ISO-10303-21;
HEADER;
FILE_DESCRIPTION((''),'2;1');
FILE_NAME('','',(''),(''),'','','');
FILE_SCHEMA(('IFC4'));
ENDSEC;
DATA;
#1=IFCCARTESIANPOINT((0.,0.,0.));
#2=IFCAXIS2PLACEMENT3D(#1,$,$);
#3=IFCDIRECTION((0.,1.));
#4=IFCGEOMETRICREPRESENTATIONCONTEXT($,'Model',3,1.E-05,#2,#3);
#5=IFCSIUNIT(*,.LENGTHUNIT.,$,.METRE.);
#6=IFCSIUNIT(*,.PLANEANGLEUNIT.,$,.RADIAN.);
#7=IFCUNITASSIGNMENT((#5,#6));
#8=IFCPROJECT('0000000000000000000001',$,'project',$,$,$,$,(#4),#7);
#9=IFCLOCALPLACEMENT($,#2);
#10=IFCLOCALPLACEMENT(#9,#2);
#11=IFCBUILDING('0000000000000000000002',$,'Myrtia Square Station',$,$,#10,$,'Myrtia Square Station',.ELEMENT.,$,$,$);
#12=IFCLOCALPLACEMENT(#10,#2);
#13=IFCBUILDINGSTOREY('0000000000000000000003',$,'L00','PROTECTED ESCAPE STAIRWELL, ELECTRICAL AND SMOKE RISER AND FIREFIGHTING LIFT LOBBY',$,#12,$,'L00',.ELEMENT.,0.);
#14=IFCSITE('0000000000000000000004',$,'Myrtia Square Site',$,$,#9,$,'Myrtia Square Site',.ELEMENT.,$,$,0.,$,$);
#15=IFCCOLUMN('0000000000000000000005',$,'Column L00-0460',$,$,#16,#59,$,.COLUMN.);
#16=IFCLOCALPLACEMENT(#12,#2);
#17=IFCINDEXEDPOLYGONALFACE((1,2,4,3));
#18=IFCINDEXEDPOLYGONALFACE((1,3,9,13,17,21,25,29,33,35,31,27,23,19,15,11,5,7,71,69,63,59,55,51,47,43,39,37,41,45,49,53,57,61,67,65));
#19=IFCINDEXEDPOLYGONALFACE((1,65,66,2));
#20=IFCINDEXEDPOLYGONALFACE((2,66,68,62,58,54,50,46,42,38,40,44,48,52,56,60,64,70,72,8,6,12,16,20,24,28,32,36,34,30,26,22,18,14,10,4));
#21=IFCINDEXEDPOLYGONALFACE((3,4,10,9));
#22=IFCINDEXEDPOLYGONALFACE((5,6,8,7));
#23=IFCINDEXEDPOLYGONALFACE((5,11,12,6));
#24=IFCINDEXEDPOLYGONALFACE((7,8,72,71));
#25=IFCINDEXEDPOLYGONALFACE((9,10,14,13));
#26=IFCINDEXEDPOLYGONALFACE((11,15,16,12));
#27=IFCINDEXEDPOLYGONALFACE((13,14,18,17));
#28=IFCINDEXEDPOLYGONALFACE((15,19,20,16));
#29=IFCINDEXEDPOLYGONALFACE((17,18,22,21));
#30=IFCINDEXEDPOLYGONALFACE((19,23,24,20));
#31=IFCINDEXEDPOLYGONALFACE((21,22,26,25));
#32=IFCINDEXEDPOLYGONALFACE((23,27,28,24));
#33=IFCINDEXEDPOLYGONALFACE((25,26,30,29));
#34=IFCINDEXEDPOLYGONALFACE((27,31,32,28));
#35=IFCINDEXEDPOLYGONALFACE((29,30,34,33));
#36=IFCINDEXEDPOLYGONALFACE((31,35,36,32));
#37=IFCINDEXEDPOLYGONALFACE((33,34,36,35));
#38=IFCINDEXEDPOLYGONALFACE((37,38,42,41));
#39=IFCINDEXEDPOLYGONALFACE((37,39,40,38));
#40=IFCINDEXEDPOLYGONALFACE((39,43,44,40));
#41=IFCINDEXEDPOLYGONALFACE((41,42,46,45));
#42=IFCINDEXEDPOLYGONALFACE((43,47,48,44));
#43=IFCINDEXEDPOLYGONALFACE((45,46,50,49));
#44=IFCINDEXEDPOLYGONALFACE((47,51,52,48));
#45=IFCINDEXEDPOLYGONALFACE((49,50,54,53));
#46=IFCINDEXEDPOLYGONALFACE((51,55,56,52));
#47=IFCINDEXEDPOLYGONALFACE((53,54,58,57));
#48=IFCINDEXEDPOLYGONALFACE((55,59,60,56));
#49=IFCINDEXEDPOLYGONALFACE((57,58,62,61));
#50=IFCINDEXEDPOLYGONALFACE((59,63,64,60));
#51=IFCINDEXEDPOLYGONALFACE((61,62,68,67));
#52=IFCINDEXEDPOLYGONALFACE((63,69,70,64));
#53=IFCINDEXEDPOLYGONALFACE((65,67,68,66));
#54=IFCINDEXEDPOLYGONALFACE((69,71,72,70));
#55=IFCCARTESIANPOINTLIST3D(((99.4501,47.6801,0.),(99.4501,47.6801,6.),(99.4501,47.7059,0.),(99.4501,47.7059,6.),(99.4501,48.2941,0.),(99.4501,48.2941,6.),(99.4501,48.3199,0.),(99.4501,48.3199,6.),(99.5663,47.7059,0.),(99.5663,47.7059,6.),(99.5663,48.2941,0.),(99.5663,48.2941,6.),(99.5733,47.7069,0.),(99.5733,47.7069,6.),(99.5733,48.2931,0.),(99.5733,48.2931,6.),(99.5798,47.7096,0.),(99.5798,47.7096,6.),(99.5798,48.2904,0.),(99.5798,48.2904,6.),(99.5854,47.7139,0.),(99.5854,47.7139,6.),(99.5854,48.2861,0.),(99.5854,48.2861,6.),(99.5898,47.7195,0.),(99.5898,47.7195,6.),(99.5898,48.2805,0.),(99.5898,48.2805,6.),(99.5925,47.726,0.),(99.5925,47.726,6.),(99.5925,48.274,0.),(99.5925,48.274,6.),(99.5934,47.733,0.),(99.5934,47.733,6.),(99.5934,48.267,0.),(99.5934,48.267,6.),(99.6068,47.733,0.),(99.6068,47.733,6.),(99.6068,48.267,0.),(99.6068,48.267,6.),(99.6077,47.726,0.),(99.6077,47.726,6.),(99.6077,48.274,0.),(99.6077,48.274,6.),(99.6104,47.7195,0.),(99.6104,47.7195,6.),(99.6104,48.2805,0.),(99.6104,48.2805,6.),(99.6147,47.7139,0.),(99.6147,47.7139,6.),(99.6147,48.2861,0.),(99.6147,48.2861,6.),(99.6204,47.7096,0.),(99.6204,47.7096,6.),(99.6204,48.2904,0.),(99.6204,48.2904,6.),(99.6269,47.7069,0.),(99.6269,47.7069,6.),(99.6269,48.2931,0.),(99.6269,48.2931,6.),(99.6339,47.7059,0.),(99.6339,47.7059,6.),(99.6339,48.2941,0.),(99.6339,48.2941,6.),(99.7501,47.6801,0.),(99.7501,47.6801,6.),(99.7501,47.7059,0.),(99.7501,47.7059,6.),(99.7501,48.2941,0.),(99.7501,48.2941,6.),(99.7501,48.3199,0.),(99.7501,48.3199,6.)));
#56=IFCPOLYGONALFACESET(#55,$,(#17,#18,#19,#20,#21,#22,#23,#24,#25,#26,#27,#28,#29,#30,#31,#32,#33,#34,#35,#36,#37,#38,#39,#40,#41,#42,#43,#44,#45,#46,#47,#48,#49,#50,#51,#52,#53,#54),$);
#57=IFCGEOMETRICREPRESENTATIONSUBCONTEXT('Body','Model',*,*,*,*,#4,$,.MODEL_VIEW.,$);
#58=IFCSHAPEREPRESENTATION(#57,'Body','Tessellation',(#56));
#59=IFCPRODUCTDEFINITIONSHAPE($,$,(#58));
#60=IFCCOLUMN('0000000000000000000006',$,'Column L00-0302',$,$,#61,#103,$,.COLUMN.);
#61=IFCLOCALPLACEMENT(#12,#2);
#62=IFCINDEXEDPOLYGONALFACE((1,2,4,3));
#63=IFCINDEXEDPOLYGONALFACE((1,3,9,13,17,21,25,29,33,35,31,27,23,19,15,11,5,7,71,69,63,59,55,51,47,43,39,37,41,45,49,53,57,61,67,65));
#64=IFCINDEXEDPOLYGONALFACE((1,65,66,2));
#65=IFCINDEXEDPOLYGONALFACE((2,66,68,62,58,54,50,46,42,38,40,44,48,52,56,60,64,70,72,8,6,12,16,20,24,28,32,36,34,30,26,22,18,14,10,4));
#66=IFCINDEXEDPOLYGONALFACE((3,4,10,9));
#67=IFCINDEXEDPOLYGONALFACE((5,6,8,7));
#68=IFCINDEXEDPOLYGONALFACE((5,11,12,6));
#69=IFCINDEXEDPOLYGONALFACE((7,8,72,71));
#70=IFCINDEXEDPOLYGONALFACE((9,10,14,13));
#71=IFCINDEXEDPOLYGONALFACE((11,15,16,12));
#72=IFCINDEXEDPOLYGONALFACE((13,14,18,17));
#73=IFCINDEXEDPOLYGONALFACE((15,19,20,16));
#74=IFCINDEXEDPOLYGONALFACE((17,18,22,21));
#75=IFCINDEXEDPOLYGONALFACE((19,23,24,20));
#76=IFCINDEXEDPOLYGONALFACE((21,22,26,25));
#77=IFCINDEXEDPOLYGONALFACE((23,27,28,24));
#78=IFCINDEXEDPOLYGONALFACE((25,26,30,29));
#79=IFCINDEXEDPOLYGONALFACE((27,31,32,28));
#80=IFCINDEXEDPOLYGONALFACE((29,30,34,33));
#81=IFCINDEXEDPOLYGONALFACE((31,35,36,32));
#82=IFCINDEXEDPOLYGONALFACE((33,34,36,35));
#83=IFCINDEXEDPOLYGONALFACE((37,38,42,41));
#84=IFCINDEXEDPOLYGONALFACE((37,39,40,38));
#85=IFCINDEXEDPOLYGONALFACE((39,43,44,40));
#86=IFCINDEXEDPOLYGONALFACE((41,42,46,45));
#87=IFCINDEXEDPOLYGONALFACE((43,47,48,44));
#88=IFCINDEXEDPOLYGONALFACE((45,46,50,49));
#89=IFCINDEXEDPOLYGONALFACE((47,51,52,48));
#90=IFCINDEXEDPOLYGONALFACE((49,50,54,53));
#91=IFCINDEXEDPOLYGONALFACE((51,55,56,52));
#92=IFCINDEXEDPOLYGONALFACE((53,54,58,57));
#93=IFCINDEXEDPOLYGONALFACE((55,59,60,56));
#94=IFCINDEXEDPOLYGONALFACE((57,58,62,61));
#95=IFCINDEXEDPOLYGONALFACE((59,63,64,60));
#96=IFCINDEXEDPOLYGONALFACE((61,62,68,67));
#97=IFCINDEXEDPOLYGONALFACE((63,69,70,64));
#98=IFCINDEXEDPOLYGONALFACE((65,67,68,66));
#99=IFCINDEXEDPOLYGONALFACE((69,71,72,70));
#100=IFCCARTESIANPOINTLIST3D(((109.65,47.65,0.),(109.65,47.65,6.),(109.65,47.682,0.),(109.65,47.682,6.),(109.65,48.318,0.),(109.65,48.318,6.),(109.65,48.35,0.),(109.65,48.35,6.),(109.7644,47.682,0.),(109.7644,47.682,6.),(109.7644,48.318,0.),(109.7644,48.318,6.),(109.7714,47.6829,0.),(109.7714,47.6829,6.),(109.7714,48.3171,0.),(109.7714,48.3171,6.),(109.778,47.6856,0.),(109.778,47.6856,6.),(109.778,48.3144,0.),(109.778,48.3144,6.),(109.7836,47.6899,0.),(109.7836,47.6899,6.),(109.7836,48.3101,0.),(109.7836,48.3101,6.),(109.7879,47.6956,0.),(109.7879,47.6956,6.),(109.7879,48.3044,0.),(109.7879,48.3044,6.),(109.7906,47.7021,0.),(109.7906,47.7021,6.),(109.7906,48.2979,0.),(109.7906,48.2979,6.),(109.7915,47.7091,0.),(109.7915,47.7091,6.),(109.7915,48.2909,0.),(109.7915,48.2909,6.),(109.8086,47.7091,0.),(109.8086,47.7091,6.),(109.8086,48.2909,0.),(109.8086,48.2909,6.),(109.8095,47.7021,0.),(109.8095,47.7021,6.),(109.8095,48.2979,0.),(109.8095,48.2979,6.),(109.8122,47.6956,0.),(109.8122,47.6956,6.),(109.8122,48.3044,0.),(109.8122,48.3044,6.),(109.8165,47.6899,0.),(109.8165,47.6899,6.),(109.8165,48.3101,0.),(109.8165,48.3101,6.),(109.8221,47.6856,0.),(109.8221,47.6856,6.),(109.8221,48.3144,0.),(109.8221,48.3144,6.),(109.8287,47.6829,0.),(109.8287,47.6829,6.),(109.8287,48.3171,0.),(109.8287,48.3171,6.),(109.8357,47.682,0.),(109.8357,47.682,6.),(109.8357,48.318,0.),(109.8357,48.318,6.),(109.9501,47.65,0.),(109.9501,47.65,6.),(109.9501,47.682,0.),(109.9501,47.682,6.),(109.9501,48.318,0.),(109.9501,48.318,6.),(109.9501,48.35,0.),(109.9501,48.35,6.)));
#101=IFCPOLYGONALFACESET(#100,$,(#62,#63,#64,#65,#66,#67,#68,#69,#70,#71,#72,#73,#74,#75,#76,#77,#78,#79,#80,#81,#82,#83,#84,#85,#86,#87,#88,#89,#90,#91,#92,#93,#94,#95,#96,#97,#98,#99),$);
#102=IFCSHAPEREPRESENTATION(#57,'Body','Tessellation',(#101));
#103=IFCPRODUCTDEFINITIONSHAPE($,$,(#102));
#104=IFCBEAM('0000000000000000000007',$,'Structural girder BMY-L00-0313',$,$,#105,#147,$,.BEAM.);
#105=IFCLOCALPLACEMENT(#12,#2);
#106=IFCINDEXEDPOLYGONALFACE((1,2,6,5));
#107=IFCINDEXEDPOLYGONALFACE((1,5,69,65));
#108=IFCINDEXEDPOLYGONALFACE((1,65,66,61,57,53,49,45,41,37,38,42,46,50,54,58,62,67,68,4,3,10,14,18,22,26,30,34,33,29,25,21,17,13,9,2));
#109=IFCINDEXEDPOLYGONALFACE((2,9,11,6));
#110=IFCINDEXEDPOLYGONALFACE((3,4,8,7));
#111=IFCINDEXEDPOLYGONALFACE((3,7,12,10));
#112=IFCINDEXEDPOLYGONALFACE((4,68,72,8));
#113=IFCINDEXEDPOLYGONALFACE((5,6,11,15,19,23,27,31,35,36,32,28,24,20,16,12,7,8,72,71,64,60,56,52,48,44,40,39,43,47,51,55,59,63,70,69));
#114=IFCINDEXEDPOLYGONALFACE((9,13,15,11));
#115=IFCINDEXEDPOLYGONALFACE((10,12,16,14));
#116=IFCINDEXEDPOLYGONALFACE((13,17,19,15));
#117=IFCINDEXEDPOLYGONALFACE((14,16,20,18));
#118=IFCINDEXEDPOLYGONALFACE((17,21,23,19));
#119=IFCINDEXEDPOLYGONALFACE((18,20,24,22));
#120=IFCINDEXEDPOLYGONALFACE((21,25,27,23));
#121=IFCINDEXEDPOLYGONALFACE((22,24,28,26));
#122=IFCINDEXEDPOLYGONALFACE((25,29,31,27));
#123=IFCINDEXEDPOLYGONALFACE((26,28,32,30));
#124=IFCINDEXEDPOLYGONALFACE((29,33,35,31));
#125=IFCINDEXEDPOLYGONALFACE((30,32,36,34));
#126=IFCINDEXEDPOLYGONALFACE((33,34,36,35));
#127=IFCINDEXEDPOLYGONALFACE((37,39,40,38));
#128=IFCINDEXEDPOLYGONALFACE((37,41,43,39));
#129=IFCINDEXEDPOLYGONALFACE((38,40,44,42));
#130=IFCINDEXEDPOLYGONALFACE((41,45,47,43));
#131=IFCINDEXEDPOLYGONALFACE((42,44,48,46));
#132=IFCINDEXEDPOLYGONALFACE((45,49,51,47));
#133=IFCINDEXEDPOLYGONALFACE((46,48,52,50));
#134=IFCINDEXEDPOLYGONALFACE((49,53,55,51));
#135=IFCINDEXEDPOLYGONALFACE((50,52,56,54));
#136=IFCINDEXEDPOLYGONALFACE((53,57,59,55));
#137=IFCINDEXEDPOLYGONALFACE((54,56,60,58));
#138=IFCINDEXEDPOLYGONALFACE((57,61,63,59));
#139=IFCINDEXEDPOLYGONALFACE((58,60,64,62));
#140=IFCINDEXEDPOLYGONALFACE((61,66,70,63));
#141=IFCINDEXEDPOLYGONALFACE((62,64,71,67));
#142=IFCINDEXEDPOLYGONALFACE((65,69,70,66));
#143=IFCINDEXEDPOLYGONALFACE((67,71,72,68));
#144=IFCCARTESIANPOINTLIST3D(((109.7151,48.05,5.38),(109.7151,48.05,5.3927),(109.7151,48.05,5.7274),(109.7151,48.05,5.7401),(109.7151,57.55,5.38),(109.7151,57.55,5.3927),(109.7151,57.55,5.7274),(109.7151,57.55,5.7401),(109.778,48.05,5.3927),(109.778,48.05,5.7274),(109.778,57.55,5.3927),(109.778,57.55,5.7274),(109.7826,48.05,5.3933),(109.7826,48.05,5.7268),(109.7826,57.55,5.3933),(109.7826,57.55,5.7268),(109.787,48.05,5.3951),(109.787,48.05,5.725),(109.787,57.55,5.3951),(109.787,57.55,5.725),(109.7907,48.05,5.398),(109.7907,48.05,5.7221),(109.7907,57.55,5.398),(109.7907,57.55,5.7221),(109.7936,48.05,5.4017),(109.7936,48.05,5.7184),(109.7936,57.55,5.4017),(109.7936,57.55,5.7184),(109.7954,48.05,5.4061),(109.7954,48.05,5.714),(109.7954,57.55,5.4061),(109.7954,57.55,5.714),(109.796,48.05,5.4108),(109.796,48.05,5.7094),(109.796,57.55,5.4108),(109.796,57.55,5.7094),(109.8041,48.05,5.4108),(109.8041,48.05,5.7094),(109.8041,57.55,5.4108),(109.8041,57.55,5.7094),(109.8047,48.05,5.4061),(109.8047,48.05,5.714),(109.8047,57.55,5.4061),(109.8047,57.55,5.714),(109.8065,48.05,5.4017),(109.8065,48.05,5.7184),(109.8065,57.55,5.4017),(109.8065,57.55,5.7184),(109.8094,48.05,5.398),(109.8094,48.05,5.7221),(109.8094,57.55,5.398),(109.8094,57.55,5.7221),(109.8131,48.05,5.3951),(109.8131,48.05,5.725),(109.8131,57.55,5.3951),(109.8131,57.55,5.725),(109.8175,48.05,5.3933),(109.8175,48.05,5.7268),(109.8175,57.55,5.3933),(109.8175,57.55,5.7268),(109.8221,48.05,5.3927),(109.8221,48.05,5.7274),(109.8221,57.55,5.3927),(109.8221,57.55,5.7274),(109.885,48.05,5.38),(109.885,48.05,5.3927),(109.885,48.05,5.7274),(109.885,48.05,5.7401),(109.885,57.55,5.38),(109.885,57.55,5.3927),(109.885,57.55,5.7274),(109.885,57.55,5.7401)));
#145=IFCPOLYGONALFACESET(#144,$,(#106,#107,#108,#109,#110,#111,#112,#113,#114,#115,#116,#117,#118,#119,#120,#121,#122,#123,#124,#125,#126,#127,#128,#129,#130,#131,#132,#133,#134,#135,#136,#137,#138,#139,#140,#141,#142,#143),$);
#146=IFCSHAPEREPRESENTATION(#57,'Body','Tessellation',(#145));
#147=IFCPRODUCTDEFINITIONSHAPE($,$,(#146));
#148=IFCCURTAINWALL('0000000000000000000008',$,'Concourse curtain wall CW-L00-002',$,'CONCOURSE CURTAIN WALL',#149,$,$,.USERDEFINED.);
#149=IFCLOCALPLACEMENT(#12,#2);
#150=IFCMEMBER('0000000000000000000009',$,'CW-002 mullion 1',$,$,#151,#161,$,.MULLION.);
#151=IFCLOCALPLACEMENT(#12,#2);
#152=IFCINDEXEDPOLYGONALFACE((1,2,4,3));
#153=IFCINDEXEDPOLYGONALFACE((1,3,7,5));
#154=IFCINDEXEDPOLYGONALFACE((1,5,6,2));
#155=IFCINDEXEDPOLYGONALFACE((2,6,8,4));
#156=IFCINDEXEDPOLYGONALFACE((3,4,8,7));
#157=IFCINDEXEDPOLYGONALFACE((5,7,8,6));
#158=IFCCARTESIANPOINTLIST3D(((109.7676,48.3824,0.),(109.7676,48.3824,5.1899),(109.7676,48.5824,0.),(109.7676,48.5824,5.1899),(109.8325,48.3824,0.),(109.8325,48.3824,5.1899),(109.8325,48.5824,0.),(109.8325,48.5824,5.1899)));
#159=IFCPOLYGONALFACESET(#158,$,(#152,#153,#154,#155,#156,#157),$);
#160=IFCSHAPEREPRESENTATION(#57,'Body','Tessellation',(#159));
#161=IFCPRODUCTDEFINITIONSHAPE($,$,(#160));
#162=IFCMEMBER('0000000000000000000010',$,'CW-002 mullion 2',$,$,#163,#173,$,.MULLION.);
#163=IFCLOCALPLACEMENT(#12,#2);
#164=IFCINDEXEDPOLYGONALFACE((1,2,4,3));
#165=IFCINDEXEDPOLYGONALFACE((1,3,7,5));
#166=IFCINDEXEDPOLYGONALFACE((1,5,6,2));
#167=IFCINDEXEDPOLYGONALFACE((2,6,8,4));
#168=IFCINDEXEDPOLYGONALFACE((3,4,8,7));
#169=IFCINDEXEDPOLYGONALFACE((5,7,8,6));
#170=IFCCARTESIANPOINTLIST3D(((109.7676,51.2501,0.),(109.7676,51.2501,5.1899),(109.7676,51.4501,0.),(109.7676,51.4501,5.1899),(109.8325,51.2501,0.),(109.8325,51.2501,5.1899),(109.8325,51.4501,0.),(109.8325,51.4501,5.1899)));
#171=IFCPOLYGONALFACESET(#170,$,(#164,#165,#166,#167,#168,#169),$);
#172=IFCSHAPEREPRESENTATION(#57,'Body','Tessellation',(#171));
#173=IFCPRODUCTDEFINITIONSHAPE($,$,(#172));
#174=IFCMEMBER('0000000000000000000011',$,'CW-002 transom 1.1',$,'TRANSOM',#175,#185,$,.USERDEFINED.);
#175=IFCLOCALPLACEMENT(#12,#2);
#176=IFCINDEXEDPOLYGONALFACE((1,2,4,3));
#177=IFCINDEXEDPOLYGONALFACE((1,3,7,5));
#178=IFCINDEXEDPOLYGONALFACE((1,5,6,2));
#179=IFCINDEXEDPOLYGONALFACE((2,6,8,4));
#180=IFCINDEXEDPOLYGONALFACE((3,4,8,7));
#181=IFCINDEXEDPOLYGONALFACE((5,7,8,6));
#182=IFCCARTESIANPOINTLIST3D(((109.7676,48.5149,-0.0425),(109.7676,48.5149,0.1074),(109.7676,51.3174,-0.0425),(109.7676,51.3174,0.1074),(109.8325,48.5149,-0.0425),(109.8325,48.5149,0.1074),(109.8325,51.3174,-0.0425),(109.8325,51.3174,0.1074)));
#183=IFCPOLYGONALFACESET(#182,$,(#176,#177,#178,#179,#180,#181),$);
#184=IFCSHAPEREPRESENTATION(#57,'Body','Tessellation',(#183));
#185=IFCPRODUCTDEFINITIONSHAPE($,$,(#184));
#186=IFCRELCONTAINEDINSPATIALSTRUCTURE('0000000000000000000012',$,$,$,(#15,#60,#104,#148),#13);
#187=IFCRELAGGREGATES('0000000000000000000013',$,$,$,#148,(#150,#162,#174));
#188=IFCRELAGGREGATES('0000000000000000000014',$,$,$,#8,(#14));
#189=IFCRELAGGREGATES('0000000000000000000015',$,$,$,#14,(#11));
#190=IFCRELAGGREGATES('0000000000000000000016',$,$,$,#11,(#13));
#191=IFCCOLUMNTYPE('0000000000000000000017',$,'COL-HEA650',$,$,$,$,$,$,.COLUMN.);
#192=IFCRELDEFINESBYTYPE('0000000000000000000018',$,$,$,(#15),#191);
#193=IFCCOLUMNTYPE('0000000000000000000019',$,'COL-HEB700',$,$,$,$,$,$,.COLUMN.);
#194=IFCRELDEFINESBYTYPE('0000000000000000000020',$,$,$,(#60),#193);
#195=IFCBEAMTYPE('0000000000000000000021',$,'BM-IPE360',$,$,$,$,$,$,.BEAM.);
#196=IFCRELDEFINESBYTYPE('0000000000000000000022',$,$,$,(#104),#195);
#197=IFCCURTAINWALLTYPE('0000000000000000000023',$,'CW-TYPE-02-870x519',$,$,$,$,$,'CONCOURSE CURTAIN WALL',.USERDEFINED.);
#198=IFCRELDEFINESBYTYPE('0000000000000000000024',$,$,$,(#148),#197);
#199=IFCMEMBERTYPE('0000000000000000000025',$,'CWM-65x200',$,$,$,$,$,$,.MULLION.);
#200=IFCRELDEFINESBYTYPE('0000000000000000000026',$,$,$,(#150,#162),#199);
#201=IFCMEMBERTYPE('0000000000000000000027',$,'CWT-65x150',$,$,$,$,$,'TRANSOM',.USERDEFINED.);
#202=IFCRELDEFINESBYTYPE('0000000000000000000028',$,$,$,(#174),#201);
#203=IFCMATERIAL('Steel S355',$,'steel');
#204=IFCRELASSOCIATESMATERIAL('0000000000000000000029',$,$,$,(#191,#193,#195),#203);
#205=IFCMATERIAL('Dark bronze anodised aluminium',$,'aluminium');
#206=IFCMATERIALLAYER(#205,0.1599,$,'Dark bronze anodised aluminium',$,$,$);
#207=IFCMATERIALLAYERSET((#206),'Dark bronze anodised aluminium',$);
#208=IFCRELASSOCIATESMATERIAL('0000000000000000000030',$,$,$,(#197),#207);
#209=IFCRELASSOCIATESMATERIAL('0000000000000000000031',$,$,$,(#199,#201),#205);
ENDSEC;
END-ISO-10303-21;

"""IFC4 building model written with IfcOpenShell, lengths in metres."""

from ifc_helpers import new_model, si_unit, direction, frame, origin, origin_2d, place, context, subcontext, project, spatial, rectangle, i_section, extrude, material, layer, layer_set, material_profile, profile_set, type_object, element, aggregate, save


model = new_model("IFC4")

# Units and contexts
model_context = context("Model", 3, precision=1e-05, world=origin(), true_north=direction((0.0, 1.0)))
body_context = subcontext(model_context, "Body", "Model", "MODEL_VIEW")
ifc_project = project(units=[si_unit("LENGTHUNIT", "METRE"), si_unit("PLANEANGLEUNIT", "RADIAN")], contexts=[model_context])

# Site, building, storey
site_placement = place(None, origin())
site = spatial("IfcSite", under=ifc_project, at=site_placement, Name="Myrtia Square Site", LongName="Myrtia Square Site", CompositionType="ELEMENT", RefElevation=0.0)
building_placement = place(site_placement, origin())
building = spatial("IfcBuilding", under=site, at=building_placement, Name="Myrtia Square Station", LongName="Myrtia Square Station", CompositionType="ELEMENT")
storey_placement = place(building_placement, origin())
storey = spatial("IfcBuildingStorey", under=building, at=storey_placement, Name="L00", Description="PROTECTED ESCAPE STAIRWELL, ELECTRICAL AND SMOKE RISER AND FIREFIGHTING LIFT LOBBY", LongName="L00", CompositionType="ELEMENT", Elevation=0.0)

# Columns
ifc_material_1 = material(Name="Steel S355", Category="steel")
ifc_material_profile_1 = material_profile(ifc_material_1, i_section(OverallWidth=0.3, OverallDepth=0.6399, WebThickness=0.0134, FlangeThickness=0.0259, FilletRadius=0.0271, at=origin_2d()), Name="HEA 650")
ifc_profile_set_1 = profile_set([ifc_material_profile_1], Name="Steel S355")
column_type_1 = type_object("IfcColumnType", Name="COL-HEA650", PredefinedType="COLUMN", material=ifc_profile_set_1)
column_1_placement = place(storey_placement, frame((99.6001, 48.0, 0.0), z_axis=(0.0, 0.0, 1.0), x_axis=(1.0, 0.0, 0.0)))
element("IfcColumn", 1, at=column_1_placement, inside=storey, type_object=column_type_1, Name="Column L00-0460", PredefinedType="COLUMN", context=body_context, shape_type="SweptSolid", body=[
    extrude(i_section(OverallWidth=0.3, OverallDepth=0.6399, WebThickness=0.0134, FlangeThickness=0.0259, FilletRadius=0.0271, at=origin_2d()), origin(), (0.0, 0.0, 1.0), 6.0),
])
ifc_material_profile_2 = material_profile(ifc_material_1, i_section(OverallWidth=0.3, OverallDepth=0.7, WebThickness=0.0171, FlangeThickness=0.032, FilletRadius=0.0271, at=origin_2d()), Name="HEB 700")
ifc_profile_set_2 = profile_set([ifc_material_profile_2], Name="Steel S355")
column_type_2 = type_object("IfcColumnType", Name="COL-HEB700", PredefinedType="COLUMN", material=ifc_profile_set_2)
column_2_placement = place(storey_placement, frame((109.8, 48.0, 0.0), z_axis=(0.0, 0.0, 1.0), x_axis=(1.0, 0.0, 0.0)))
element("IfcColumn", 2, at=column_2_placement, inside=storey, type_object=column_type_2, Name="Column L00-0302", PredefinedType="COLUMN", context=body_context, shape_type="SweptSolid", body=[
    extrude(i_section(OverallWidth=0.3, OverallDepth=0.7, WebThickness=0.0171, FlangeThickness=0.032, FilletRadius=0.0271, at=origin_2d()), origin(), (0.0, 0.0, 1.0), 6.0),
])

# Beam
ifc_material_profile_3 = material_profile(ifc_material_1, i_section(OverallWidth=0.1699, OverallDepth=0.3601, WebThickness=0.0081, FlangeThickness=0.0127, FilletRadius=0.0181, at=origin_2d()), Name="IPE 360")
ifc_profile_set_3 = profile_set([ifc_material_profile_3], Name="Steel S355")
beam_type_1 = type_object("IfcBeamType", Name="BM-IPE360", PredefinedType="BEAM", material=ifc_profile_set_3)
beam_1_placement = place(storey_placement, frame((109.8, 48.05, 5.5601), z_axis=(0.0, 1.0, 0.0), x_axis=(-1.0, 0.0, 0.0)))
element("IfcBeam", 3, at=beam_1_placement, inside=storey, type_object=beam_type_1, Name="Structural girder BMY-L00-0313", PredefinedType="BEAM", context=body_context, shape_type="SweptSolid", body=[
    extrude(i_section(OverallWidth=0.1699, OverallDepth=0.3601, WebThickness=0.0081, FlangeThickness=0.0127, FilletRadius=0.0181, at=origin_2d()), origin(), (0.0, 0.0, 1.0), 9.5),
])

# Curtain wall, members
ifc_material_2 = material(Name="Dark bronze anodised aluminium", Category="aluminium")
ifc_layer_1 = layer(ifc_material_2, 0.1599, Name="Dark bronze anodised aluminium")
ifc_layer_set_1 = layer_set([ifc_layer_1], Name="Dark bronze anodised aluminium")
curtain_wall_type = type_object("IfcCurtainWallType", Name="CW-TYPE-02-870x519", ElementType="CONCOURSE CURTAIN WALL", PredefinedType="USERDEFINED", material=ifc_layer_set_1)
curtain_wall_placement = place(storey_placement, origin())
curtain_wall = element("IfcCurtainWall", 4, at=curtain_wall_placement, inside=storey, type_object=curtain_wall_type, Name="Concourse curtain wall CW-L00-002", ObjectType="CONCOURSE CURTAIN WALL", PredefinedType="USERDEFINED")
ifc_material_profile_4 = material_profile(ifc_material_2, rectangle(XDim=0.0649, YDim=0.2, at=origin_2d()), Name="ALU-M 65x200")
ifc_profile_set_4 = profile_set([ifc_material_profile_4], Name="Dark bronze anodised aluminium")
member_type_1 = type_object("IfcMemberType", Name="CWM-65x200", PredefinedType="MULLION", material=ifc_profile_set_4)
member_1_placement = place(storey_placement, frame((109.8, 48.4824, 0.0), z_axis=(0.0, 0.0, 1.0), x_axis=(-1.0, 0.0, 0.0)))
member_1 = element("IfcMember", 5, at=member_1_placement, type_object=member_type_1, Name="CW-002 mullion 1", PredefinedType="MULLION", context=body_context, shape_type="SweptSolid", body=[
    extrude(rectangle(XDim=0.0649, YDim=0.2, at=origin_2d()), origin(), (0.0, 0.0, 1.0), 5.1899),
])
member_2_placement = place(storey_placement, frame((109.8, 51.3501, 0.0), z_axis=(0.0, 0.0, 1.0), x_axis=(-1.0, 0.0, 0.0)))
member_2 = element("IfcMember", 6, at=member_2_placement, type_object=member_type_1, Name="CW-002 mullion 2", PredefinedType="MULLION", context=body_context, shape_type="SweptSolid", body=[
    extrude(rectangle(XDim=0.0649, YDim=0.2, at=origin_2d()), origin(), (0.0, 0.0, 1.0), 5.1899),
])
ifc_material_profile_5 = material_profile(ifc_material_2, rectangle(XDim=0.0649, YDim=0.1499, at=origin_2d()), Name="ALU-T 65x150")
ifc_profile_set_5 = profile_set([ifc_material_profile_5], Name="Dark bronze anodised aluminium")
member_type_2 = type_object("IfcMemberType", Name="CWT-65x150", ElementType="TRANSOM", PredefinedType="USERDEFINED", material=ifc_profile_set_5)
member_3_placement = place(storey_placement, frame((109.8, 48.5149, 0.0325), z_axis=(0.0, 1.0, 0.0), x_axis=(-1.0, 0.0, 0.0)))
member_3 = element("IfcMember", 7, at=member_3_placement, type_object=member_type_2, Name="CW-002 transom 1.1", ObjectType="TRANSOM", PredefinedType="USERDEFINED", context=body_context, shape_type="SweptSolid", body=[
    extrude(rectangle(XDim=0.0649, YDim=0.1499, at=origin_2d()), origin(), (0.0, 0.0, 1.0), 2.8025),
])

aggregate(curtain_wall, [member_1, member_2, member_3])

save(model, "model.ifc")
